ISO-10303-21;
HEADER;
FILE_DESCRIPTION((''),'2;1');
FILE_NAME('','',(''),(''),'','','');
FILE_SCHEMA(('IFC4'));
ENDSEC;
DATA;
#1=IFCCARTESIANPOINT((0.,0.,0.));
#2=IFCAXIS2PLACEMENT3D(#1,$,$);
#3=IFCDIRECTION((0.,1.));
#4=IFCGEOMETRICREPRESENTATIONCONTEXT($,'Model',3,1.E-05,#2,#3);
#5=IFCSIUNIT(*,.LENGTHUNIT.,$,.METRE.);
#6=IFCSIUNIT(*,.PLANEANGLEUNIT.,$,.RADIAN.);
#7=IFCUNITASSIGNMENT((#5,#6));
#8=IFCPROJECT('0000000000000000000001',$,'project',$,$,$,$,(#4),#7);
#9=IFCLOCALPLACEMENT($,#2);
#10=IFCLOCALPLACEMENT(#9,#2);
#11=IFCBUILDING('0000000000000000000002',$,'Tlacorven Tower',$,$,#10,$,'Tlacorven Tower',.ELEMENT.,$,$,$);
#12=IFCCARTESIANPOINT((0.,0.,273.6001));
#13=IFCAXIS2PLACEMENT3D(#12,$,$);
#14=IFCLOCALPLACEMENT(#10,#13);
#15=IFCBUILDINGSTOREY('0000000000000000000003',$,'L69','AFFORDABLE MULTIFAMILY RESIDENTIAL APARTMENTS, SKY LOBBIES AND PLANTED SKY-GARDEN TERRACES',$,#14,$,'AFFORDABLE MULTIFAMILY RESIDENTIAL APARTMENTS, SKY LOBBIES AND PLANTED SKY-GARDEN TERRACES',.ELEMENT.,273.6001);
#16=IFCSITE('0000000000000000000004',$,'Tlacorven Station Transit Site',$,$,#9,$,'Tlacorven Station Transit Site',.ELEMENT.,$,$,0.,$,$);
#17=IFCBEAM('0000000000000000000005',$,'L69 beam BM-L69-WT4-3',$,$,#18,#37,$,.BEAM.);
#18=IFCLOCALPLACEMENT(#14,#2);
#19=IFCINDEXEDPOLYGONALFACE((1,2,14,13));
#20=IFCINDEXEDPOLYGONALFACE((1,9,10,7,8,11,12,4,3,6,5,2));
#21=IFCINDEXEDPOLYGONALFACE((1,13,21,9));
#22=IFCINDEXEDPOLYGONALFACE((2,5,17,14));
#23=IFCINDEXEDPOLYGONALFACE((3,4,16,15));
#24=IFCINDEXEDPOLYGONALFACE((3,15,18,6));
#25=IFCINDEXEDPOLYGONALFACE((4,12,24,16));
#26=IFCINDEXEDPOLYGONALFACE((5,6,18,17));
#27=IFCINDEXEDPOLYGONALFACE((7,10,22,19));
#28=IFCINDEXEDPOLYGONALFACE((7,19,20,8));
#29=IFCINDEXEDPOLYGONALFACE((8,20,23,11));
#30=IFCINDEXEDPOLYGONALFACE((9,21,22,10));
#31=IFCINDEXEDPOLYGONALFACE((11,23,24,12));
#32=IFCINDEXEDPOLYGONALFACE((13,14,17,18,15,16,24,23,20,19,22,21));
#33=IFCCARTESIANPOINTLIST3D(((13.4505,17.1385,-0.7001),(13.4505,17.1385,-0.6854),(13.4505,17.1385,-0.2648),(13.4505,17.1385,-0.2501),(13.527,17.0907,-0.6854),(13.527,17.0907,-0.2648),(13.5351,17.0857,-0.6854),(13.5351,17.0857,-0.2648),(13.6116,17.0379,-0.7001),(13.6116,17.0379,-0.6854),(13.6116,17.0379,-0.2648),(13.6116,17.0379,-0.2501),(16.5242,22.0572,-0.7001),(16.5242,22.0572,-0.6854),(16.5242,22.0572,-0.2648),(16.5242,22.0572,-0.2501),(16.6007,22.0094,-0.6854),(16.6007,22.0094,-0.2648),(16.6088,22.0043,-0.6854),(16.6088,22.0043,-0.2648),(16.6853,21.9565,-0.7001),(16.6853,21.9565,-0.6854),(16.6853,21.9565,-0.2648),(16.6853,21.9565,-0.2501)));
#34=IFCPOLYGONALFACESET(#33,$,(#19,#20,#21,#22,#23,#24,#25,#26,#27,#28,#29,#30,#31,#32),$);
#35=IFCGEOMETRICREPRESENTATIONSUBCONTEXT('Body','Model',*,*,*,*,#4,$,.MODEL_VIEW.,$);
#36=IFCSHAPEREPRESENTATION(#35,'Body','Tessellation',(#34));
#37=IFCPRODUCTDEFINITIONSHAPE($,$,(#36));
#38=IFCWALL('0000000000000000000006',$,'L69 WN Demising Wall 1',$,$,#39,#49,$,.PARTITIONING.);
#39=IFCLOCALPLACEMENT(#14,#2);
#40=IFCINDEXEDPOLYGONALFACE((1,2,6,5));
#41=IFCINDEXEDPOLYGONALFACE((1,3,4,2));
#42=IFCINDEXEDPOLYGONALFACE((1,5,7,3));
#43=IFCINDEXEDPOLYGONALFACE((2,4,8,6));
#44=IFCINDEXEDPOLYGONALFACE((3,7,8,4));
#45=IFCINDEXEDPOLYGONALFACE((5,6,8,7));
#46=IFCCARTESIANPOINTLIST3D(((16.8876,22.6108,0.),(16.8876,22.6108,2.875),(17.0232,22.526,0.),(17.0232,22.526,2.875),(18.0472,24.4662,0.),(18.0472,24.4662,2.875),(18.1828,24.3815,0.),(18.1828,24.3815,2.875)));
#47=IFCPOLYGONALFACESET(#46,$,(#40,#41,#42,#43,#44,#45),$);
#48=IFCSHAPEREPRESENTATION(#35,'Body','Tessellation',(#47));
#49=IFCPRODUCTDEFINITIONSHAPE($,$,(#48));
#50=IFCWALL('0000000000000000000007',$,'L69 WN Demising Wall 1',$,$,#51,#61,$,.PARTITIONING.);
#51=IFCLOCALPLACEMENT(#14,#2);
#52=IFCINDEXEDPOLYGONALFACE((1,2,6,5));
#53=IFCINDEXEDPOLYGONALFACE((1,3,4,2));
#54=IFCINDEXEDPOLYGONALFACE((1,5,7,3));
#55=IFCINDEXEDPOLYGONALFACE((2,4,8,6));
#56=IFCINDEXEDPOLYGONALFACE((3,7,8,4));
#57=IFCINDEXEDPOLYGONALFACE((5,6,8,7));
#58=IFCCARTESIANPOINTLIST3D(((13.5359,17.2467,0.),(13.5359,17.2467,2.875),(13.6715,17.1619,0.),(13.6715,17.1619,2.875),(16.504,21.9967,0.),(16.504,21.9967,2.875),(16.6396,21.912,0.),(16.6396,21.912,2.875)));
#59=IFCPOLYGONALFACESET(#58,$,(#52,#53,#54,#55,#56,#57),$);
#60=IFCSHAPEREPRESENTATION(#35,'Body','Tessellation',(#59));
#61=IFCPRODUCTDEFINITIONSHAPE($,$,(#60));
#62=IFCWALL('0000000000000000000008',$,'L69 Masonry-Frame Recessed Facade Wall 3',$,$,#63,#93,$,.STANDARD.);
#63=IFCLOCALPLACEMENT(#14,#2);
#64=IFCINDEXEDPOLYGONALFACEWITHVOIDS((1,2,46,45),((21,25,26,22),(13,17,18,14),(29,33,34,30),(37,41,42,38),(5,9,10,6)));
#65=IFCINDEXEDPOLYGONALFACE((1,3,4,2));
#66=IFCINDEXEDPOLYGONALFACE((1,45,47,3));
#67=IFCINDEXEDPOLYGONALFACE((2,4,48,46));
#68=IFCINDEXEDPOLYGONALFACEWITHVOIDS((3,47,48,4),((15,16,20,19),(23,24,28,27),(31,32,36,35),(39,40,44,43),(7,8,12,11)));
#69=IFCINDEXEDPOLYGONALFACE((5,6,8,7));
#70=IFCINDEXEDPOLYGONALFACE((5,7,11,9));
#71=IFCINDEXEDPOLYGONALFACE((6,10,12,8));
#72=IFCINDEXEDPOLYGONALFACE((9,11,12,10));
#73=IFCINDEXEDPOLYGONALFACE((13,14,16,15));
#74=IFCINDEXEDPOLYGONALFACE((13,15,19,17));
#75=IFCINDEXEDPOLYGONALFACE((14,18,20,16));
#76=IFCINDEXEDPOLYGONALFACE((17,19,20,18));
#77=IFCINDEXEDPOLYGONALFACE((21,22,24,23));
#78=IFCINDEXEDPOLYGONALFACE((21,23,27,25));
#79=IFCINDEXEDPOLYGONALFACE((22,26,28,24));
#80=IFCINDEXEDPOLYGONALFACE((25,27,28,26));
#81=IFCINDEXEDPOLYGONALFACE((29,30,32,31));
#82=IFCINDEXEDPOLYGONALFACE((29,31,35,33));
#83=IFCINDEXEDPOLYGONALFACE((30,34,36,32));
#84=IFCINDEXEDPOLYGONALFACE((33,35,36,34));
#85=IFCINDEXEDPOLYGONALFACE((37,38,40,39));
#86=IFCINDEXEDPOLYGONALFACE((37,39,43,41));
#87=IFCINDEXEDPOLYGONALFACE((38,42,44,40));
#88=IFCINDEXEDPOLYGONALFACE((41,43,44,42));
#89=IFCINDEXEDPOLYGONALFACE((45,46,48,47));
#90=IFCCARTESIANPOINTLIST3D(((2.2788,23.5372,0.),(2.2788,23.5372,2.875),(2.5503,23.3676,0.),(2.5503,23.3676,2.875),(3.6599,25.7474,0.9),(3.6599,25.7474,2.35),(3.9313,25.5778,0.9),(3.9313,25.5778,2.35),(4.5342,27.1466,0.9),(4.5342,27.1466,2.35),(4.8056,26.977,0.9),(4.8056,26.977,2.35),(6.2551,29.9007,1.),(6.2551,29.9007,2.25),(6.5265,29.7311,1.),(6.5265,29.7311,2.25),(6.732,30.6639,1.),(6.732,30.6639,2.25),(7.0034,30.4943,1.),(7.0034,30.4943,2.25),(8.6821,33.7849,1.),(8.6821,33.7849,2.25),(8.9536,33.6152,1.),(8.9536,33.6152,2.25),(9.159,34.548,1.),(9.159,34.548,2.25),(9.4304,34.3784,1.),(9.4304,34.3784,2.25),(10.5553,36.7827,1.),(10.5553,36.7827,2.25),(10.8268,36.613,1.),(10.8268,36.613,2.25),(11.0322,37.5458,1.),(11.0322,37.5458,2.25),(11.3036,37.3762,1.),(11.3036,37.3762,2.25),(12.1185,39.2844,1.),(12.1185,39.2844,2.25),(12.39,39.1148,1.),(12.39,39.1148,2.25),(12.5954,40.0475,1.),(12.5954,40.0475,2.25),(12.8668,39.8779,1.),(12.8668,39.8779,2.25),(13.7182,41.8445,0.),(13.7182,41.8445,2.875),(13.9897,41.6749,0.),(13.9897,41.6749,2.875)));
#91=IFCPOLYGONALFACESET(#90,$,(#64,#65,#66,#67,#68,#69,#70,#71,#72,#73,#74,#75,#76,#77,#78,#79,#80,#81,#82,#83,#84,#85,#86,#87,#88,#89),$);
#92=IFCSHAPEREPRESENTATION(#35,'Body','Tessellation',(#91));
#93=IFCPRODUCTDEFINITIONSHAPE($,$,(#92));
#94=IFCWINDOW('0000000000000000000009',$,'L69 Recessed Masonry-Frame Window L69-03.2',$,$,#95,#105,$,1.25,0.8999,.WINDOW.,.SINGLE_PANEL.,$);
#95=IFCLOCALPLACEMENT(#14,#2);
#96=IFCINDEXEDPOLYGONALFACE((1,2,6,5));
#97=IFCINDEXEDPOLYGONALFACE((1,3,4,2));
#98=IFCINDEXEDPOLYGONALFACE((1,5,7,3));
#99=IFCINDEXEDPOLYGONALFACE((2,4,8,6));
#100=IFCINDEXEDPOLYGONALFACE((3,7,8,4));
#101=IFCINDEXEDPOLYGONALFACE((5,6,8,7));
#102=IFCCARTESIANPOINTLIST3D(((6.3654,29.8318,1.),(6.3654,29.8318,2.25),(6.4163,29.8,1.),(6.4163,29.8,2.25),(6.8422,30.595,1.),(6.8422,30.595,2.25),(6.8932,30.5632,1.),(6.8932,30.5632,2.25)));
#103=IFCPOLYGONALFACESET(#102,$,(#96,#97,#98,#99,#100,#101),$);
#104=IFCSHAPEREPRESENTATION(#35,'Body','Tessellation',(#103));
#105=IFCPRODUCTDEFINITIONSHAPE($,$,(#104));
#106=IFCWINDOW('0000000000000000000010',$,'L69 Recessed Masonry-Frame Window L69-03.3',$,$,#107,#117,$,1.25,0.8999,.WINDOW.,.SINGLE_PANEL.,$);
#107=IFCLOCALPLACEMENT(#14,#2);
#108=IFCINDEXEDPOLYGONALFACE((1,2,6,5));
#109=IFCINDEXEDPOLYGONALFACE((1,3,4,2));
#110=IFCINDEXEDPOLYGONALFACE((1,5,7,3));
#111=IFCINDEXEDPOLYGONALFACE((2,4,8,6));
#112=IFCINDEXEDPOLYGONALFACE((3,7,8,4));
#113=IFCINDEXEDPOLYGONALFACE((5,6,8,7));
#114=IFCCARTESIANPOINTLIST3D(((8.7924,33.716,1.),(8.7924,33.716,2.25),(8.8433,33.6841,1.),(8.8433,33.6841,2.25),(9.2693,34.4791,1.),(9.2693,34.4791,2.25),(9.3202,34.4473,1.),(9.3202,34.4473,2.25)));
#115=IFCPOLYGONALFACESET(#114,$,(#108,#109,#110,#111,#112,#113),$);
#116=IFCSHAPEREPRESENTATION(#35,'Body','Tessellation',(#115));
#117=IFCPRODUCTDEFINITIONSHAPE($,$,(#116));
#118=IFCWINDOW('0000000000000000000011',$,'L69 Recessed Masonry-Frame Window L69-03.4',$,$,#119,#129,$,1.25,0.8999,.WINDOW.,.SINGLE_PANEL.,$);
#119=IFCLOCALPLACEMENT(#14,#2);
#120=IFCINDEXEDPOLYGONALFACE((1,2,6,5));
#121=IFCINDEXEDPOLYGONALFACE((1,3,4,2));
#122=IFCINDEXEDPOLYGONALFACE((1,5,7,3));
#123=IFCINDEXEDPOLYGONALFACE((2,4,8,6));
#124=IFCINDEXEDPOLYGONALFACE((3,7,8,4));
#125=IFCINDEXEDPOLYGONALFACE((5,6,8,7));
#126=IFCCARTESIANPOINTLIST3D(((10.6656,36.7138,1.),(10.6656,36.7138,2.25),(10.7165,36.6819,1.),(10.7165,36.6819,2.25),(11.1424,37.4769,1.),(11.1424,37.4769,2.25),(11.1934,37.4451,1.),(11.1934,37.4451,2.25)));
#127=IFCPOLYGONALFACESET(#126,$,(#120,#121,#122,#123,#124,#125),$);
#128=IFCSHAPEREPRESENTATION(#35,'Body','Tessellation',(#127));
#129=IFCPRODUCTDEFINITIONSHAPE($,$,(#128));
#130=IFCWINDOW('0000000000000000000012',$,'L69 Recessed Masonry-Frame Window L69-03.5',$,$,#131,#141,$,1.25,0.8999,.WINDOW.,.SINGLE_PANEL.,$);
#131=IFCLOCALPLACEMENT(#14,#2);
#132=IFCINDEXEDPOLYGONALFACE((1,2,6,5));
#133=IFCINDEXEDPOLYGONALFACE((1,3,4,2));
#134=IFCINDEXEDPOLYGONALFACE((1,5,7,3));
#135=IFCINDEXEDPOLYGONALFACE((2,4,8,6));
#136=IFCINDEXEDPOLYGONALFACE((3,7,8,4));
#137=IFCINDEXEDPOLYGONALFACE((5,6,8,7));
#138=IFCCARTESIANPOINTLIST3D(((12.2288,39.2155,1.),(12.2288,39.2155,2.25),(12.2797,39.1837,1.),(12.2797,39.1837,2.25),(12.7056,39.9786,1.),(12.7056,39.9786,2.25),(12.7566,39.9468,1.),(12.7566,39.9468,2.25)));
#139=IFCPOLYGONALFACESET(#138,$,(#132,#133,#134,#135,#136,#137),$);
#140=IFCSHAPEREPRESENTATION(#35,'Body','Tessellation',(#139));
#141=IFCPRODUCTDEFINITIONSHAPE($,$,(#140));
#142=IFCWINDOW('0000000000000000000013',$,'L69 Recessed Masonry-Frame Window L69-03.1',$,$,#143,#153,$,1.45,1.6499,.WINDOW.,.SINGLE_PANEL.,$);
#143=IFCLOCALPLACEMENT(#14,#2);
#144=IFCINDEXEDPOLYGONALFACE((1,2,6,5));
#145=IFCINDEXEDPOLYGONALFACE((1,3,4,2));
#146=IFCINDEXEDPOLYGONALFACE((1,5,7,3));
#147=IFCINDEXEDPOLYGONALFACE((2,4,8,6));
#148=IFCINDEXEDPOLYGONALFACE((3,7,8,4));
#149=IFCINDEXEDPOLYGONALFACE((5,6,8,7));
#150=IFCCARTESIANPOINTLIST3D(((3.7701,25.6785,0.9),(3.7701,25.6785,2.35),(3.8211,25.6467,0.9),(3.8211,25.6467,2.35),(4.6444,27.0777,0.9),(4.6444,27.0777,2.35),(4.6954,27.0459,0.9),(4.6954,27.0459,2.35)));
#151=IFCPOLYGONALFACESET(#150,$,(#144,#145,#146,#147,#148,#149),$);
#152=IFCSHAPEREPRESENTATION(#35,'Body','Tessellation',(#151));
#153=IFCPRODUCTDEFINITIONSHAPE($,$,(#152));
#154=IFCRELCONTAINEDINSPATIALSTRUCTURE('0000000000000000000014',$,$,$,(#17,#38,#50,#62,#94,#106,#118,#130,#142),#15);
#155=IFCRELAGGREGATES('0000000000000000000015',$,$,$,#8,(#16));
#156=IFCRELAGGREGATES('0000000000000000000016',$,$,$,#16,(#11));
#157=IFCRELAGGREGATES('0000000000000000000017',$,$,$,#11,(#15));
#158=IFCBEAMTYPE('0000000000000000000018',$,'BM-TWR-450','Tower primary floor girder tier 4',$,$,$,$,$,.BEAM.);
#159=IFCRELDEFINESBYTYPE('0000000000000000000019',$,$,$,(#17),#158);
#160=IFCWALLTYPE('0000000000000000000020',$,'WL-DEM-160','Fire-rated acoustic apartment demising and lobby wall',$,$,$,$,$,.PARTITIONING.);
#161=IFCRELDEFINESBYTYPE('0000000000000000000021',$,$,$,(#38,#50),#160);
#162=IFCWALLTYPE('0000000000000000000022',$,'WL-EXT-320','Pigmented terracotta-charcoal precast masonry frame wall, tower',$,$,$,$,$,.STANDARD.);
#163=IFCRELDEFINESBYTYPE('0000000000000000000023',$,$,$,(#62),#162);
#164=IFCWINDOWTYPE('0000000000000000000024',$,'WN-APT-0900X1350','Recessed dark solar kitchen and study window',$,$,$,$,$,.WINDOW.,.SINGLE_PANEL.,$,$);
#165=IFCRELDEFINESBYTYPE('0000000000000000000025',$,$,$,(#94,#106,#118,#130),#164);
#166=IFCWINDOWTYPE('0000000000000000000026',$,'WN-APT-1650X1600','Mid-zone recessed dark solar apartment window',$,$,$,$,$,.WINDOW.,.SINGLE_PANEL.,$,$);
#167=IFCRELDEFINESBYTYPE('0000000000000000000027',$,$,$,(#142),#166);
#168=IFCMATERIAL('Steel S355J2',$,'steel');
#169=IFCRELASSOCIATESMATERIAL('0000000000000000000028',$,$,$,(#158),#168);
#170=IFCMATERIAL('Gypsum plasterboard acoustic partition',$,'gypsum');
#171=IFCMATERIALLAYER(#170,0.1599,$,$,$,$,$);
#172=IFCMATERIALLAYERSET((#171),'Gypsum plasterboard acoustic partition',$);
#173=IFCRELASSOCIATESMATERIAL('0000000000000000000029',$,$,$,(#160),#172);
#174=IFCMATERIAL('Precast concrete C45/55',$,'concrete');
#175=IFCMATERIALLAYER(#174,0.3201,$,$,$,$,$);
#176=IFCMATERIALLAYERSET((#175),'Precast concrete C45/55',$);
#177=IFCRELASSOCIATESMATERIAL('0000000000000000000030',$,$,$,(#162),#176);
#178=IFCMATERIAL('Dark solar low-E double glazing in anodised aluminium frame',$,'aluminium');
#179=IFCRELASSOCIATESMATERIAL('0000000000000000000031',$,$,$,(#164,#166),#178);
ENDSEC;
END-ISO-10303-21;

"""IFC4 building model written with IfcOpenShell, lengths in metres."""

from ifc_helpers import new_model, si_unit, direction, frame, frame_2d, origin, origin_2d, place, context, subcontext, project, spatial, rectangle, i_section, extrude, source, transform, mapped, material, layer, layer_set, material_profile, profile_set, type_object, element, fill, save


model = new_model("IFC4")

# Units and contexts
model_context = context("Model", 3, precision=1e-05, world=origin(), true_north=direction((0.0, 1.0)))
body_context = subcontext(model_context, "Body", "Model", "MODEL_VIEW")
ifc_project = project(units=[si_unit("LENGTHUNIT", "METRE"), si_unit("PLANEANGLEUNIT", "RADIAN")], contexts=[model_context])

# Site, building, storey
site_placement = place(None, origin())
site = spatial("IfcSite", under=ifc_project, at=site_placement, Name="Tlacorven Station Transit Site", LongName="Tlacorven Station Transit Site", CompositionType="ELEMENT", RefElevation=0.0)
building_placement = place(site_placement, origin())
building = spatial("IfcBuilding", under=site, at=building_placement, Name="Tlacorven Tower", LongName="Tlacorven Tower", CompositionType="ELEMENT")
storey_placement = place(building_placement, frame((0.0, 0.0, 273.6001)))
storey = spatial("IfcBuildingStorey", under=building, at=storey_placement, Name="L69", Description="AFFORDABLE MULTIFAMILY RESIDENTIAL APARTMENTS, SKY LOBBIES AND PLANTED SKY-GARDEN TERRACES", LongName="AFFORDABLE MULTIFAMILY RESIDENTIAL APARTMENTS, SKY LOBBIES AND PLANTED SKY-GARDEN TERRACES", CompositionType="ELEMENT", Elevation=273.6001)

# Shared definitions
ifc_material_1 = material(Name="Steel S355J2", Category="steel")

# Beam
ifc_material_profile_1 = material_profile(ifc_material_1, i_section(OverallWidth=0.1899, OverallDepth=0.45, WebThickness=0.0095, FlangeThickness=0.0146, at=origin_2d()), Name="IPE 450")
ifc_profile_set_1 = profile_set([ifc_material_profile_1], Name="Steel S355J2")
beam_type_1 = type_object("IfcBeamType", Name="BM-TWR-450", Description="Tower primary floor girder tier 4", PredefinedType="BEAM", material=ifc_profile_set_1)
shared_shape_1 = source(origin(), body_context, "Body", "SweptSolid", [
    extrude(i_section(OverallWidth=0.1899, OverallDepth=0.45, WebThickness=0.0095, FlangeThickness=0.0146, at=origin_2d()), origin(), (0.0, 0.0, 1.0), 5.8),
])
for number, where, z_axis, x_axis, name in (
    (1, (16.6047, 22.0068, -0.4751), (-0.529942, -0.848034, 0.0), (0.848034, -0.529942, 0.0), "L69 beam BM-L69-WT4-3"),
):
    element("IfcBeam", number, at=place(storey_placement, frame(where, z_axis=z_axis, x_axis=x_axis)), inside=storey, type_object=beam_type_1, Name=name, PredefinedType="BEAM", context=body_context, shape_type="MappedRepresentation", body=[
        mapped(shared_shape_1, transform((0.0, 0.0, 0.0), scale=1.0)),
    ])

# Walls
ifc_material_2 = material(Name="Gypsum plasterboard acoustic partition", Category="gypsum")
ifc_layer_1 = layer(ifc_material_2, 0.1599)
ifc_layer_set_1 = layer_set([ifc_layer_1], Name="Gypsum plasterboard acoustic partition")
wall_type_1 = type_object("IfcWallType", Name="WL-DEM-160", Description="Fire-rated acoustic apartment demising and lobby wall", PredefinedType="PARTITIONING", material=ifc_layer_set_1)
wall_1_placement = place(storey_placement, frame((18.115, 24.4238, 0.0), z_axis=(0.0, 0.0, 1.0), x_axis=(-0.529999, -0.847998, 0.0)))
element("IfcWall", 2, at=wall_1_placement, inside=storey, type_object=wall_type_1, Name="L69 WN Demising Wall 1", PredefinedType="PARTITIONING", context=body_context, shape_type="SweptSolid", body=[
    extrude(rectangle(XDim=2.188, YDim=0.1599, at=frame_2d((1.094, 0.0))), origin(), (0.0, 0.0, 1.0), 2.875),
])
wall_2_placement = place(storey_placement, frame((16.5718, 21.9543, 0.0), z_axis=(0.0, 0.0, 1.0), x_axis=(-0.529905, -0.848057, 0.0)))
element("IfcWall", 3, at=wall_2_placement, inside=storey, type_object=wall_type_1, Name="L69 WN Demising Wall 1", PredefinedType="PARTITIONING", context=body_context, shape_type="SweptSolid", body=[
    extrude(rectangle(XDim=5.6011, YDim=0.1599, at=frame_2d((2.8005, 0.0))), origin(), (0.0, 0.0, 1.0), 2.875),
])

# Wall, openings, windows
ifc_material_3 = material(Name="Precast concrete C45/55", Category="concrete")
ifc_layer_2 = layer(ifc_material_3, 0.3201)
ifc_layer_set_2 = layer_set([ifc_layer_2], Name="Precast concrete C45/55")
wall_type_2 = type_object("IfcWallType", Name="WL-EXT-320", Description="Pigmented terracotta-charcoal precast masonry frame wall, tower", PredefinedType="STANDARD", material=ifc_layer_set_2)
wall_3_placement = place(storey_placement, frame((2.4146, 23.4524, 0.0), z_axis=(0.0, 0.0, 1.0), x_axis=(0.52991, 0.848054, 0.0)))
wall_3 = element("IfcWall", 4, at=wall_3_placement, inside=storey, type_object=wall_type_2, Name="L69 Masonry-Frame Recessed Facade Wall 3", PredefinedType="STANDARD", context=body_context, shape_type="SweptSolid", body=[
    extrude(rectangle(XDim=21.5874, YDim=0.3201, at=frame_2d((10.7937, 0.0))), origin(), (0.0, 0.0, 1.0), 2.875),
])
opening_1_placement = place(wall_3_placement, frame((2.6062, 0.0, 0.8999)))
opening_1 = element("IfcOpeningElement", 5, at=opening_1_placement, cuts=wall_3, PredefinedType="OPENING", context=body_context, shape_type="SweptSolid", body=[
    extrude(rectangle(XDim=1.6499, YDim=1.45, at=frame_2d((0.825, 0.7251))), frame((0.0, 0.1699, 0.0), z_axis=(0.0, -1.0, 0.0), x_axis=(1.0, 0.0, 0.0)), (0.0, 0.0, 1.0), 0.3401),
])
opening_2_placement = place(wall_3_placement, frame((7.5037, 0.0, 1.0)))
opening_2 = element("IfcOpeningElement", 6, at=opening_2_placement, cuts=wall_3, PredefinedType="OPENING", context=body_context, shape_type="SweptSolid", body=[
    extrude(rectangle(XDim=0.8999, YDim=1.25, at=frame_2d((0.45, 0.625))), frame((0.0, 0.1699, 0.0), z_axis=(0.0, -1.0, 0.0), x_axis=(1.0, 0.0, 0.0)), (0.0, 0.0, 1.0), 0.3401),
])
opening_3_placement = place(wall_3_placement, frame((12.0837, 0.0, 1.0)))
opening_3 = element("IfcOpeningElement", 7, at=opening_3_placement, cuts=wall_3, PredefinedType="OPENING", context=body_context, shape_type="SweptSolid", body=[
    extrude(rectangle(XDim=0.8999, YDim=1.25, at=frame_2d((0.45, 0.625))), frame((0.0, 0.1699, 0.0), z_axis=(0.0, -1.0, 0.0), x_axis=(1.0, 0.0, 0.0)), (0.0, 0.0, 1.0), 0.3401),
])
opening_4_placement = place(wall_3_placement, frame((15.6187, 0.0, 1.0)))
opening_4 = element("IfcOpeningElement", 8, at=opening_4_placement, cuts=wall_3, PredefinedType="OPENING", context=body_context, shape_type="SweptSolid", body=[
    extrude(rectangle(XDim=0.8999, YDim=1.25, at=frame_2d((0.45, 0.625))), frame((0.0, 0.1699, 0.0), z_axis=(0.0, -1.0, 0.0), x_axis=(1.0, 0.0, 0.0)), (0.0, 0.0, 1.0), 0.3401),
])
opening_5_placement = place(wall_3_placement, frame((18.5686, 0.0, 1.0)))
opening_5 = element("IfcOpeningElement", 9, at=opening_5_placement, cuts=wall_3, PredefinedType="OPENING", context=body_context, shape_type="SweptSolid", body=[
    extrude(rectangle(XDim=0.8999, YDim=1.25, at=frame_2d((0.45, 0.625))), frame((0.0, 0.1699, 0.0), z_axis=(0.0, -1.0, 0.0), x_axis=(1.0, 0.0, 0.0)), (0.0, 0.0, 1.0), 0.3401),
])
ifc_material_4 = material(Name="Dark solar low-E double glazing in anodised aluminium frame", Category="aluminium")
window_type_1 = type_object("IfcWindowType", Name="WN-APT-0900X1350", Description="Recessed dark solar kitchen and study window", PartitioningType="SINGLE_PANEL", PredefinedType="WINDOW", material=ifc_material_4)
shared_shape_2 = source(origin(), body_context, "Body", "SweptSolid", [
    extrude(rectangle(XDim=0.8999, YDim=1.25, at=frame_2d((0.45, 0.625))), frame((0.0, 0.03, 0.0), z_axis=(0.0, -1.0, 0.0), x_axis=(1.0, 0.0, 0.0)), (0.0, 0.0, 1.0), 0.0601),
])
window_1_placement = place(opening_2_placement, origin())
window_1 = element("IfcWindow", 10, at=window_1_placement, inside=storey, type_object=window_type_1, Name="L69 Recessed Masonry-Frame Window L69-03.2", OverallHeight=1.25, OverallWidth=0.8999, PartitioningType="SINGLE_PANEL", PredefinedType="WINDOW", context=body_context, shape_type="MappedRepresentation", body=[
    mapped(shared_shape_2, transform((0.0, 0.0, 0.0), scale=1.0)),
])
fill(opening_2, window_1)
window_2_placement = place(opening_3_placement, origin())
window_2 = element("IfcWindow", 11, at=window_2_placement, inside=storey, type_object=window_type_1, Name="L69 Recessed Masonry-Frame Window L69-03.3", OverallHeight=1.25, OverallWidth=0.8999, PartitioningType="SINGLE_PANEL", PredefinedType="WINDOW", context=body_context, shape_type="MappedRepresentation", body=[
    mapped(shared_shape_2, transform((0.0, 0.0, 0.0), scale=1.0)),
])
fill(opening_3, window_2)
window_3_placement = place(opening_4_placement, origin())
window_3 = element("IfcWindow", 12, at=window_3_placement, inside=storey, type_object=window_type_1, Name="L69 Recessed Masonry-Frame Window L69-03.4", OverallHeight=1.25, OverallWidth=0.8999, PartitioningType="SINGLE_PANEL", PredefinedType="WINDOW", context=body_context, shape_type="MappedRepresentation", body=[
    mapped(shared_shape_2, transform((0.0, 0.0, 0.0), scale=1.0)),
])
fill(opening_4, window_3)
window_4_placement = place(opening_5_placement, origin())
window_4 = element("IfcWindow", 13, at=window_4_placement, inside=storey, type_object=window_type_1, Name="L69 Recessed Masonry-Frame Window L69-03.5", OverallHeight=1.25, OverallWidth=0.8999, PartitioningType="SINGLE_PANEL", PredefinedType="WINDOW", context=body_context, shape_type="MappedRepresentation", body=[
    mapped(shared_shape_2, transform((0.0, 0.0, 0.0), scale=1.0)),
])
fill(opening_5, window_4)
window_type_2 = type_object("IfcWindowType", Name="WN-APT-1650X1600", Description="Mid-zone recessed dark solar apartment window", PartitioningType="SINGLE_PANEL", PredefinedType="WINDOW", material=ifc_material_4)
shared_shape_3 = source(origin(), body_context, "Body", "SweptSolid", [
    extrude(rectangle(XDim=1.6499, YDim=1.45, at=frame_2d((0.825, 0.7251))), frame((0.0, 0.03, 0.0), z_axis=(0.0, -1.0, 0.0), x_axis=(1.0, 0.0, 0.0)), (0.0, 0.0, 1.0), 0.0601),
])
window_5_placement = place(opening_1_placement, origin())
window_5 = element("IfcWindow", 14, at=window_5_placement, inside=storey, type_object=window_type_2, Name="L69 Recessed Masonry-Frame Window L69-03.1", OverallHeight=1.45, OverallWidth=1.6499, PartitioningType="SINGLE_PANEL", PredefinedType="WINDOW", context=body_context, shape_type="MappedRepresentation", body=[
    mapped(shared_shape_3, transform((0.0, 0.0, 0.0), scale=1.0)),
])
fill(opening_1, window_5)

save(model, "model.ifc")
